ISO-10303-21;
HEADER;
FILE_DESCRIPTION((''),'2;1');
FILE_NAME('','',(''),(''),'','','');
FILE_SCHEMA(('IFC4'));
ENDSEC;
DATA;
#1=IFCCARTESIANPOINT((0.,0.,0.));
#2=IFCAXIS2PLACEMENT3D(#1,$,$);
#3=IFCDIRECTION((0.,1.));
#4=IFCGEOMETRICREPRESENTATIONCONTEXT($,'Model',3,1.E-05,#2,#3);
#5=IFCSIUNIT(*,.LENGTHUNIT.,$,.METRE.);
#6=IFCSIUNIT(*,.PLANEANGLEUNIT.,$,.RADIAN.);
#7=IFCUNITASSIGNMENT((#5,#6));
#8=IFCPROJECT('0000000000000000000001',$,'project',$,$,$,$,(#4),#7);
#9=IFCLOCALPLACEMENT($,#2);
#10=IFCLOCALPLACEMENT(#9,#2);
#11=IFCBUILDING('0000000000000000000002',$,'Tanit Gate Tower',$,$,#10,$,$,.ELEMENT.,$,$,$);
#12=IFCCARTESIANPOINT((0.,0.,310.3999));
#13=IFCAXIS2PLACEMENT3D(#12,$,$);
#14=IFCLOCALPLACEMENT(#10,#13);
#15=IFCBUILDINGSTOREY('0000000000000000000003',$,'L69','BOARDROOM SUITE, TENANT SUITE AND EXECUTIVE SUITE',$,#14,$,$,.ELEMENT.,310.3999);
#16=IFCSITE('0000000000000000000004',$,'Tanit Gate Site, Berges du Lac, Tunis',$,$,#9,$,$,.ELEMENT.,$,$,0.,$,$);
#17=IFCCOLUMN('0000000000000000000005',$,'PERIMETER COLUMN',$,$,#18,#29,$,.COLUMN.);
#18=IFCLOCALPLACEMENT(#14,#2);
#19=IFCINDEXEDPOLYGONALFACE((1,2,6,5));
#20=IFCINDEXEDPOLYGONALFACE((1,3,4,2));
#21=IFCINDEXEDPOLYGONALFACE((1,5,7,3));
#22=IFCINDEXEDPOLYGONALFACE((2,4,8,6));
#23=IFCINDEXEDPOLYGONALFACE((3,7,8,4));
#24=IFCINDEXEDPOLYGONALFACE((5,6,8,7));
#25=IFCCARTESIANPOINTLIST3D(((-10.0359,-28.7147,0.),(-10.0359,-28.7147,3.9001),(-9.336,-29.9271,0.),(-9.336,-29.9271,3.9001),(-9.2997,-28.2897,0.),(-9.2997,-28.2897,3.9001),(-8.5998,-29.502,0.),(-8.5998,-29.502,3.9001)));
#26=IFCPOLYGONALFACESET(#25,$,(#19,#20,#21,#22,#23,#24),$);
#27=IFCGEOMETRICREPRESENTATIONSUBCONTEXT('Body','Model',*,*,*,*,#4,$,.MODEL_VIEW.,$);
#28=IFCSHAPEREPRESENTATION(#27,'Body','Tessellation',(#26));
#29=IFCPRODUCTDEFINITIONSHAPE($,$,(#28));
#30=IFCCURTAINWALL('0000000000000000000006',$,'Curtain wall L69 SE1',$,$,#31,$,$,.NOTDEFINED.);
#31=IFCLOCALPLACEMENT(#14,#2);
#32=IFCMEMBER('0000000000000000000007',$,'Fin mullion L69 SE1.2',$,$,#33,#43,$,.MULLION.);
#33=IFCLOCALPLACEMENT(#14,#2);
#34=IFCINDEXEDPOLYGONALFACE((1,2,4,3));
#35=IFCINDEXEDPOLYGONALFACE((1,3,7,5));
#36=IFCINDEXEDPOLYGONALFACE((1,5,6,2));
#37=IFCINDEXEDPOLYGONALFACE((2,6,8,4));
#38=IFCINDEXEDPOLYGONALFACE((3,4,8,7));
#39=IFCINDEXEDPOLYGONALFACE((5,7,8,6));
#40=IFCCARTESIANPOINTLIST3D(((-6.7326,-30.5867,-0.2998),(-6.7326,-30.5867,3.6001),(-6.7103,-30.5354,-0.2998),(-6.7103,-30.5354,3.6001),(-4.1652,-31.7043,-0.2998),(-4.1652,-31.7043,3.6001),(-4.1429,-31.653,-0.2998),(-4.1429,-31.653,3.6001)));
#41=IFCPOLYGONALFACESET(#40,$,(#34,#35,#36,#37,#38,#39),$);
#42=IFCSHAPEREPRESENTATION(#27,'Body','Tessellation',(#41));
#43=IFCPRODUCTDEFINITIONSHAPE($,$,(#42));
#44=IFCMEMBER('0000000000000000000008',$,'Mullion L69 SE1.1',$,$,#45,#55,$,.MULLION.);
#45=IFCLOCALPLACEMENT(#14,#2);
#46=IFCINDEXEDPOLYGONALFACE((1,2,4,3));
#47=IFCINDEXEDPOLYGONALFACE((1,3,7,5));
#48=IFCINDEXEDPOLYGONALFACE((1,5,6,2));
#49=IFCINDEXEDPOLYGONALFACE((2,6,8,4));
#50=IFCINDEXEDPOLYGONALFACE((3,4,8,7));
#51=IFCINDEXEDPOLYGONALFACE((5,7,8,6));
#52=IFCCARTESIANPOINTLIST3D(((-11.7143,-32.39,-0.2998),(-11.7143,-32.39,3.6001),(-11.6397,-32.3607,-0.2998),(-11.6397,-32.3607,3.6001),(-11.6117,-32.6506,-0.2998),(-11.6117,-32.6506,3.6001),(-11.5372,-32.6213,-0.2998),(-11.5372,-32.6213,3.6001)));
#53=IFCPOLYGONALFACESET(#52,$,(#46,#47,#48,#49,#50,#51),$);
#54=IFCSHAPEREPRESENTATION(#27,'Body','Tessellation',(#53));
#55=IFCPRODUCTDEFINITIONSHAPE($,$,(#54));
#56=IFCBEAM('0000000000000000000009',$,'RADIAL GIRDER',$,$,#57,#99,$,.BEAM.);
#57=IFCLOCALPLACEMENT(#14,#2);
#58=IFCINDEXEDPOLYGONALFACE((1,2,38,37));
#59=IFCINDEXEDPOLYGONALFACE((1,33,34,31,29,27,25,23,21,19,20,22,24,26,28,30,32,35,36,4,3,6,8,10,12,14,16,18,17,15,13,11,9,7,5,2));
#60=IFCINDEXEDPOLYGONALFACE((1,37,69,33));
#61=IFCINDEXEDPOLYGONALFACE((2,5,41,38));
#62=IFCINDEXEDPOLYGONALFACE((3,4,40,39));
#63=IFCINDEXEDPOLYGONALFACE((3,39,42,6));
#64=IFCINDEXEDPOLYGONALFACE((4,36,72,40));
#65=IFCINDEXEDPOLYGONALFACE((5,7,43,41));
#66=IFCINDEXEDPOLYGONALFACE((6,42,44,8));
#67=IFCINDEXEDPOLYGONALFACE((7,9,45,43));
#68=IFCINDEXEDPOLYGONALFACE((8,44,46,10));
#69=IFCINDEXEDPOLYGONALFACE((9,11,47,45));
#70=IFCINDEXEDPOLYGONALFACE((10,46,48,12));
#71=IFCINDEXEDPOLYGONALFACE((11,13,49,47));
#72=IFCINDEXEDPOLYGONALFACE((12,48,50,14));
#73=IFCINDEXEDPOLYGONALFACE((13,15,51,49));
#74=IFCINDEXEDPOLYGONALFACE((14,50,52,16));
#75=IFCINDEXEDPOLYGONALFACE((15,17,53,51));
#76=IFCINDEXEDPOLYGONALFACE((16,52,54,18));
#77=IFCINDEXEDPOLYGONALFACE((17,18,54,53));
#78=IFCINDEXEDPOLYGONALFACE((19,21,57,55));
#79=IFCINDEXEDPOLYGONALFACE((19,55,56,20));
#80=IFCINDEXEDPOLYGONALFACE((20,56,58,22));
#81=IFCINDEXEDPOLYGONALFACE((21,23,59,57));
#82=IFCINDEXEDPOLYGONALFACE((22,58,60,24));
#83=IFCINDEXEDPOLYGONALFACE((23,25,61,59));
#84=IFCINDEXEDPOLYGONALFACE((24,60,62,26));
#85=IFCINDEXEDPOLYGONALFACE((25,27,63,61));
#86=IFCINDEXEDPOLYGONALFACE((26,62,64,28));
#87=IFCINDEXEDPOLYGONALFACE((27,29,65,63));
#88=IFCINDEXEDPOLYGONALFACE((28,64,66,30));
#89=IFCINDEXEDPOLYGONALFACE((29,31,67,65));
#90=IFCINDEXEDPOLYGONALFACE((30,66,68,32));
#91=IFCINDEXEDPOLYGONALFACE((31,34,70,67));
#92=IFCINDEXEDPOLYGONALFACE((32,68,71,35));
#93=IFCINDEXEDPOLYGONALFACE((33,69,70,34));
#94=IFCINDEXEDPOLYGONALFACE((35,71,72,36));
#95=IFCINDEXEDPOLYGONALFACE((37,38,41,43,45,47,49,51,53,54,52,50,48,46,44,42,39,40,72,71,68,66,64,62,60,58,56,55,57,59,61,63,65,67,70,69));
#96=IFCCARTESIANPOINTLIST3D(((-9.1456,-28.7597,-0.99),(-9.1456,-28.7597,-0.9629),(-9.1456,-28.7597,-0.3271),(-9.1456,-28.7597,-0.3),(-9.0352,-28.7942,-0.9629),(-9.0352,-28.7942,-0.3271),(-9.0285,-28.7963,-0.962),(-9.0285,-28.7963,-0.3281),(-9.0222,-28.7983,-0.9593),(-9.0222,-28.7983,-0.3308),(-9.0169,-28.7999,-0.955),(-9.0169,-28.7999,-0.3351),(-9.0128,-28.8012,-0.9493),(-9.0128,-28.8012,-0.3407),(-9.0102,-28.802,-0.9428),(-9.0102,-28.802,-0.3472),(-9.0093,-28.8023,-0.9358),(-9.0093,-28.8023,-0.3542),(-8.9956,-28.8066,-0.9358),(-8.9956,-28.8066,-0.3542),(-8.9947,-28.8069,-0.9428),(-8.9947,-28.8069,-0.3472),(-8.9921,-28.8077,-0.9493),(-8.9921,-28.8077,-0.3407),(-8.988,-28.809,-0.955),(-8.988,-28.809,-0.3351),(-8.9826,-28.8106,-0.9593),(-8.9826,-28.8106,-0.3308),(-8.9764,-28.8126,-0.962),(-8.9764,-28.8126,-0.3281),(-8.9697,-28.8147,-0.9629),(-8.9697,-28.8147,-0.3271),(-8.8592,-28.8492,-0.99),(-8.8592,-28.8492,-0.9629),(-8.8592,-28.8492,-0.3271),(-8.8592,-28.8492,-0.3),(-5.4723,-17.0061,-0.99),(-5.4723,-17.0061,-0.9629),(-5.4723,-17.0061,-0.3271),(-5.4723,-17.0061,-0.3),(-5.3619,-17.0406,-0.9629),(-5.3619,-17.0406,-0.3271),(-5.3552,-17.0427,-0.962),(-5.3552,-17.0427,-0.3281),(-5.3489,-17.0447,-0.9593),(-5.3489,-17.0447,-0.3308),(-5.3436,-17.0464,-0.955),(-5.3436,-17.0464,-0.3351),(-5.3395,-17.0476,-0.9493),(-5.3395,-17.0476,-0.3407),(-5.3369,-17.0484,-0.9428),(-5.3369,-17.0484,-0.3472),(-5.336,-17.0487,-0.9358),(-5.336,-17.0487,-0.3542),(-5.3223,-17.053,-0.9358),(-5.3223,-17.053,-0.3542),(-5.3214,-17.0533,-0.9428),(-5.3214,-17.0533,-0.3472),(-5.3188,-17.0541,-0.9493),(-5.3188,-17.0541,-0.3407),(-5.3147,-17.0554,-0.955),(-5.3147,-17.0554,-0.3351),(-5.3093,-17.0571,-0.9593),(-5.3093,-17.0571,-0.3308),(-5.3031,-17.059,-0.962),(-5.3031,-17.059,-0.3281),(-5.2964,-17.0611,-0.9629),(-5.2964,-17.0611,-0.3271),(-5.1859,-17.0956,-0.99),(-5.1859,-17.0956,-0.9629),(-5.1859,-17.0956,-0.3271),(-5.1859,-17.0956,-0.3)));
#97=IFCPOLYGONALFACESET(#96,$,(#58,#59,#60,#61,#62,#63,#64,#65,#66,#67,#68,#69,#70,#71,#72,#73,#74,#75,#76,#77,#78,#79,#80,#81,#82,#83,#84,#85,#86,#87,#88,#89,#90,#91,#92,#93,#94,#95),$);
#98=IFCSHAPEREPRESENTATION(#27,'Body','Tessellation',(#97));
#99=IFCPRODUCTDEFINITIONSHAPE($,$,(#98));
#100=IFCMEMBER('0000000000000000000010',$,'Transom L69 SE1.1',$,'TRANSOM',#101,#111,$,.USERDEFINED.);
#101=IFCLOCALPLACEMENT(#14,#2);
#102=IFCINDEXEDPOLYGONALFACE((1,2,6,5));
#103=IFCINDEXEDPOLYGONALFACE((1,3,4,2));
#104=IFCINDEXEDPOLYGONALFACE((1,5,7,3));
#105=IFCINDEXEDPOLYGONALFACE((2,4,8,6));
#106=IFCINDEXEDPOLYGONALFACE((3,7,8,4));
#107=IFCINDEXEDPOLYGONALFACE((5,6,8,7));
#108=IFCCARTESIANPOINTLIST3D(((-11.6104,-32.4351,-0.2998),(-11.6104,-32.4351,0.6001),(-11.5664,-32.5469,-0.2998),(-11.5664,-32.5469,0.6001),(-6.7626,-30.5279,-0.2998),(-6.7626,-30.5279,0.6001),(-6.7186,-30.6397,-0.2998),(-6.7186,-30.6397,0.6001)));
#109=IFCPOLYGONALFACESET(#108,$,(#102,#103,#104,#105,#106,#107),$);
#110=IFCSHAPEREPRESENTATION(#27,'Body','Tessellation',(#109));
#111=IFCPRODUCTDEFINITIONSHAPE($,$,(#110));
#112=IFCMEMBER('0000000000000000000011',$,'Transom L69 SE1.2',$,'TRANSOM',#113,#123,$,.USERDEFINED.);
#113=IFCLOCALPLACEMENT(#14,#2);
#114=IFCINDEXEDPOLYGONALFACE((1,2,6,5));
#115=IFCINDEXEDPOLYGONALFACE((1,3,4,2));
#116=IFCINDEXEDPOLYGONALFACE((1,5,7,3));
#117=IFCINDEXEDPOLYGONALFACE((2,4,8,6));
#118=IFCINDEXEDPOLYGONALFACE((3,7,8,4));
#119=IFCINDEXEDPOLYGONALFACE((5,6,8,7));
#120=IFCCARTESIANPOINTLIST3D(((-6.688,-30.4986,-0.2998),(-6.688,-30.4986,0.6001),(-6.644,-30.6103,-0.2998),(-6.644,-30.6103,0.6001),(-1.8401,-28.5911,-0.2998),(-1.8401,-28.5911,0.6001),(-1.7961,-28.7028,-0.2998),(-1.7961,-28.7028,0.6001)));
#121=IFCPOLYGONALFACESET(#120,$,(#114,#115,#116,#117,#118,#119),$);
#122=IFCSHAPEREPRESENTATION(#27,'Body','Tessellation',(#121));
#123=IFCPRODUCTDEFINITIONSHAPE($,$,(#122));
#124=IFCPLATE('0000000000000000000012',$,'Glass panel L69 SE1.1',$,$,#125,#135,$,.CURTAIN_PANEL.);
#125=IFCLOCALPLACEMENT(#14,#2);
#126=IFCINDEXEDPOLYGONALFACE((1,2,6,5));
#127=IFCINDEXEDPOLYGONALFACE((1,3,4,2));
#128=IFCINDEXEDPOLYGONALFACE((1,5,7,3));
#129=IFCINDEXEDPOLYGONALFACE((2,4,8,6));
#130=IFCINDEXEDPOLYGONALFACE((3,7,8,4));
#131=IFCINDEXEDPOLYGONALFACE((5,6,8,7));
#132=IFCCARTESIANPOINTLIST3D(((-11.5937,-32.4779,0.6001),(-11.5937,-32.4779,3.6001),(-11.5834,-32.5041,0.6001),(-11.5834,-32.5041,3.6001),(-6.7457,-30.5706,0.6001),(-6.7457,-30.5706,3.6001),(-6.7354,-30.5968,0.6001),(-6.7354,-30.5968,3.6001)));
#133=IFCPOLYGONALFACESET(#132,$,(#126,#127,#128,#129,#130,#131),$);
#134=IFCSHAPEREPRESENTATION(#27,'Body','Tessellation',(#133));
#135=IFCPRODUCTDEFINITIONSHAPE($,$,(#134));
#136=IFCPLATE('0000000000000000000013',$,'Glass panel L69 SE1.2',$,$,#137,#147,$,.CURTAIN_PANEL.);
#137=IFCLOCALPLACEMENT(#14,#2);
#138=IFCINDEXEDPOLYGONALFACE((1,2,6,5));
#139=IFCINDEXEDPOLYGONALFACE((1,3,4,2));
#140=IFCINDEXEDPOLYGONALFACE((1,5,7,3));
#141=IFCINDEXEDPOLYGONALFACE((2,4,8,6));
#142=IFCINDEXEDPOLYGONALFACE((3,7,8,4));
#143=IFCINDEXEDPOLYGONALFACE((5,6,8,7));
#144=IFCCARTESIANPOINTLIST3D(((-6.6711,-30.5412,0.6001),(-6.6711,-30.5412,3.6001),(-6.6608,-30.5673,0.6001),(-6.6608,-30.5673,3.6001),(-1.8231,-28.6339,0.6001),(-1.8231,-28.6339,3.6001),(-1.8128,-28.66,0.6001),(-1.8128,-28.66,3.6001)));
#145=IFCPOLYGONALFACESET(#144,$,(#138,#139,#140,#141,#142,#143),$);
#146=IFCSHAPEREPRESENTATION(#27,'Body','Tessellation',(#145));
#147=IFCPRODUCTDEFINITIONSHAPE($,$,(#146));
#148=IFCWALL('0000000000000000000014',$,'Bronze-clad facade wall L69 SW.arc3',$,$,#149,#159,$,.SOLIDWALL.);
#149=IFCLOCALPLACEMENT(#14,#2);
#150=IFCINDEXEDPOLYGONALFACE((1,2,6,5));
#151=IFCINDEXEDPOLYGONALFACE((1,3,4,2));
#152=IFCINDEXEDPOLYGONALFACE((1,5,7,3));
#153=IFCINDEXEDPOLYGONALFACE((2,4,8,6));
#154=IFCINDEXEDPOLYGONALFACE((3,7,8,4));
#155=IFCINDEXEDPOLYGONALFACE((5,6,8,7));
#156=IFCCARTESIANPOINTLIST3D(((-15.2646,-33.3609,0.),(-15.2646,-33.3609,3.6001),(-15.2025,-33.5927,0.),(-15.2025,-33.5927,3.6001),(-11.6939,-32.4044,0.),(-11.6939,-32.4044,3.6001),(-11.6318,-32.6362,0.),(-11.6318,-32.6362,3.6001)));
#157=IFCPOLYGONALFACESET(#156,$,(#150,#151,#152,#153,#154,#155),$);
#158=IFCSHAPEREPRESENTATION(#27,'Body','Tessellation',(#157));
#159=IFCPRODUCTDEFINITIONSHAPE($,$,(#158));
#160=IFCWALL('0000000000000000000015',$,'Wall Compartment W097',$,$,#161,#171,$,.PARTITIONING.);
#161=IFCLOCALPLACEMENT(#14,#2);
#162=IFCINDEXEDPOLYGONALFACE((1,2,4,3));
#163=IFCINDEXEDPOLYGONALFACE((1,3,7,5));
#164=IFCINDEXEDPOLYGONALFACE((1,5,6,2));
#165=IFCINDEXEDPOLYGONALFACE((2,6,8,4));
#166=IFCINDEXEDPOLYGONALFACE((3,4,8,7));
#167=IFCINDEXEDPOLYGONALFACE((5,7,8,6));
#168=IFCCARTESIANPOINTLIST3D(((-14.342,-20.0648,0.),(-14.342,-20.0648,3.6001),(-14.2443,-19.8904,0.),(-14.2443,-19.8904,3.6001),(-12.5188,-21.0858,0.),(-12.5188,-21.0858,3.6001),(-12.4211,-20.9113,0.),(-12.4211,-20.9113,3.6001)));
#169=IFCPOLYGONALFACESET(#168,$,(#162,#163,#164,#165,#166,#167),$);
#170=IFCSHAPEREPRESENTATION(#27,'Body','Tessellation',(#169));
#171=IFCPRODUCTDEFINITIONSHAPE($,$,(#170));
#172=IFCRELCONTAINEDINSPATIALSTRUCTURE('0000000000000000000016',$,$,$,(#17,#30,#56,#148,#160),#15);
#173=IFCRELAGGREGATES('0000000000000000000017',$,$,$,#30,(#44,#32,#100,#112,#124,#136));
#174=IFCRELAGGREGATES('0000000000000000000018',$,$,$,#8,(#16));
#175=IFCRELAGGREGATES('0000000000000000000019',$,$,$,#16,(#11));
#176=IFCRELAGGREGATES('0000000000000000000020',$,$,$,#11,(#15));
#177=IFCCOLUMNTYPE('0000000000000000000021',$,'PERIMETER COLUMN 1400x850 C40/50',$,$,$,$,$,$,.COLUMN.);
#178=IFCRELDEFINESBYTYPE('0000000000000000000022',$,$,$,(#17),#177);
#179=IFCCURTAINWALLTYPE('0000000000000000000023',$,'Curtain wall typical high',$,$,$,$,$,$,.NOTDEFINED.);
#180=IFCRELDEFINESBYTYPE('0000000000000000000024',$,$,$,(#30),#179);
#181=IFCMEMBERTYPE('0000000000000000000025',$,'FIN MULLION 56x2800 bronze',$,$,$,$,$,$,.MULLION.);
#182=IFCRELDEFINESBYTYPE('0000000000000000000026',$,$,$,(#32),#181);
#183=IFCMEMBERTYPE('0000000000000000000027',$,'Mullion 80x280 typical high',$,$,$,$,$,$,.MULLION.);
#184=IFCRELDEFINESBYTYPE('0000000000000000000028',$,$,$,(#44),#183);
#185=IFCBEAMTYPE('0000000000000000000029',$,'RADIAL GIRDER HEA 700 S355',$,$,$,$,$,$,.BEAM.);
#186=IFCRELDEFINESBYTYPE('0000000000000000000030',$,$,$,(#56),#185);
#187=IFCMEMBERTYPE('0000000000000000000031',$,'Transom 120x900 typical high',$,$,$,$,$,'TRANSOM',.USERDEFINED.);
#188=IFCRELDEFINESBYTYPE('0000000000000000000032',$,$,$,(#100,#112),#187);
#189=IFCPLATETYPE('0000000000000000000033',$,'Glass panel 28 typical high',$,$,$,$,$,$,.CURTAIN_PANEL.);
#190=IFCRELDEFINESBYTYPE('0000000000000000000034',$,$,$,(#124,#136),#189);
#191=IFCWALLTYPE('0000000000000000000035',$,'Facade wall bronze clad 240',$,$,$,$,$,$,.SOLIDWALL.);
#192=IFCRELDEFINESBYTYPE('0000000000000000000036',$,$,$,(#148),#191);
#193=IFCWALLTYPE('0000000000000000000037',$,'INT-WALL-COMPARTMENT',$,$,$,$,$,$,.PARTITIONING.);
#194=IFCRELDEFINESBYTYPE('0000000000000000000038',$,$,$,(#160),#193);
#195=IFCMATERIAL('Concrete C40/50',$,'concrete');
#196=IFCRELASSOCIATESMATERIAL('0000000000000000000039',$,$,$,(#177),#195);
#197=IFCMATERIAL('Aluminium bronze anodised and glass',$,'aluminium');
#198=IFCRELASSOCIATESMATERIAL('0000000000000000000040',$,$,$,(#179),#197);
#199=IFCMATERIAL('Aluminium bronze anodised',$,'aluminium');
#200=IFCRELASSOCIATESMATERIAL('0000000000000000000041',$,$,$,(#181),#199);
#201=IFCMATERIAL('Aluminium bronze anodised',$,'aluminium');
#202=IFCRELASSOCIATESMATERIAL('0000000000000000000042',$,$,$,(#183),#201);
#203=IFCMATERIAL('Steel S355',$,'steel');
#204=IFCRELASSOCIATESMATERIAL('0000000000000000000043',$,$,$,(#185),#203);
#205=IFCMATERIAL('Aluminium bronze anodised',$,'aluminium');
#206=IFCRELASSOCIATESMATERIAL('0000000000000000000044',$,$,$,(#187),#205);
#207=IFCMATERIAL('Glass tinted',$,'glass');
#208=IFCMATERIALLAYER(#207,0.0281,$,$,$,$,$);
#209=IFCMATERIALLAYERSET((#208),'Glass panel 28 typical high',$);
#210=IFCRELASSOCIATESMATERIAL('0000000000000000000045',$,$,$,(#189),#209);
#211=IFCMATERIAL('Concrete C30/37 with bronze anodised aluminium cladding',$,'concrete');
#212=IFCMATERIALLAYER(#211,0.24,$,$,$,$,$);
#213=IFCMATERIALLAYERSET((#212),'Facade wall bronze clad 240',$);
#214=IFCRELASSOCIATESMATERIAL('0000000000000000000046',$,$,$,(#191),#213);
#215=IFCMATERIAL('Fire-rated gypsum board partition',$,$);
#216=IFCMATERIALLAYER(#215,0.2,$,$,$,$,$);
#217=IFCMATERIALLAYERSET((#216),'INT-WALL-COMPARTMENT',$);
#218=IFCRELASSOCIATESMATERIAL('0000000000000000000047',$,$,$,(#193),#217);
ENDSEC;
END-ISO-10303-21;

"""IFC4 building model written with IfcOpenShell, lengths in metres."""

from ifc_helpers import new_model, si_unit, direction, frame, frame_2d, origin, origin_2d, place, context, subcontext, project, spatial, rectangle, i_section, extrude, material, layer, layer_set, material_profile, profile_set, type_object, element, aggregate, save


model = new_model("IFC4")

# Units and contexts
model_context = context("Model", 3, precision=1e-05, world=origin(), true_north=direction((0.0, 1.0)))
body_context = subcontext(model_context, "Body", "Model", "MODEL_VIEW")
ifc_project = project(units=[si_unit("LENGTHUNIT", "METRE"), si_unit("PLANEANGLEUNIT", "RADIAN")], contexts=[model_context])

# Site, building, storey
site_placement = place(None, origin())
site = spatial("IfcSite", under=ifc_project, at=site_placement, Name="Tanit Gate Site, Berges du Lac, Tunis", CompositionType="ELEMENT", RefElevation=0.0)
building_placement = place(site_placement, origin())
building = spatial("IfcBuilding", under=site, at=building_placement, Name="Tanit Gate Tower", CompositionType="ELEMENT")
storey_placement = place(building_placement, frame((0.0, 0.0, 310.3999)))
storey = spatial("IfcBuildingStorey", under=building, at=storey_placement, Name="L69", Description="BOARDROOM SUITE, TENANT SUITE AND EXECUTIVE SUITE", CompositionType="ELEMENT", Elevation=310.3999)

# Column
ifc_material_1 = material(Name="Concrete C40/50", Category="concrete")
ifc_material_profile_1 = material_profile(ifc_material_1, rectangle(XDim=1.3999, YDim=0.8501, at=origin_2d()), Name="RC 1400x850")
ifc_profile_set_1 = profile_set([ifc_material_profile_1], Name="Concrete C40/50")
column_type = type_object("IfcColumnType", Name="PERIMETER COLUMN 1400x850 C40/50", PredefinedType="COLUMN", material=ifc_profile_set_1)
column_placement = place(storey_placement, frame((-9.3179, -29.1084, 0.0), z_axis=(0.0, 0.0, 1.0), x_axis=(0.5, -0.866025, 0.0)))
element("IfcColumn", 1, at=column_placement, inside=storey, type_object=column_type, Name="PERIMETER COLUMN", PredefinedType="COLUMN", context=body_context, shape_type="SweptSolid", body=[
    extrude(rectangle(XDim=1.3999, YDim=0.8501, at=origin_2d()), origin(), (0.0, 0.0, 1.0), 3.9001),
])

# Curtain wall, members
ifc_material_2 = material(Name="Aluminium bronze anodised and glass", Category="aluminium")
curtain_wall_type = type_object("IfcCurtainWallType", Name="Curtain wall typical high", PredefinedType="NOTDEFINED", material=ifc_material_2)
curtain_wall_placement = place(storey_placement, origin())
curtain_wall = element("IfcCurtainWall", 2, at=curtain_wall_placement, inside=storey, type_object=curtain_wall_type, Name="Curtain wall L69 SE1", PredefinedType="NOTDEFINED")
ifc_material_3 = material(Name="Aluminium bronze anodised", Category="aluminium")
ifc_material_profile_2 = material_profile(ifc_material_3, rectangle(XDim=2.8, YDim=0.0559, at=origin_2d()), Name="56x2800 bronze fin mullion")
ifc_profile_set_2 = profile_set([ifc_material_profile_2], Name="Aluminium bronze anodised")
member_type_1 = type_object("IfcMemberType", Name="FIN MULLION 56x2800 bronze", PredefinedType="MULLION", material=ifc_profile_set_2)
member_1_placement = place(storey_placement, frame((-5.4377, -31.1199, -0.2998), z_axis=(0.0, 0.0, 1.0), x_axis=(-0.916891, 0.399138, 0.0)))
member_1 = element("IfcMember", 3, at=member_1_placement, type_object=member_type_1, Name="Fin mullion L69 SE1.2", PredefinedType="MULLION", context=body_context, shape_type="SweptSolid", body=[
    extrude(rectangle(XDim=2.8, YDim=0.0559, at=origin_2d()), origin(), (0.0, 0.0, 1.0), 3.8999),
])
ifc_material_4 = material(Name="Aluminium bronze anodised", Category="aluminium")
ifc_material_profile_3 = material_profile(ifc_material_4, rectangle(XDim=0.28, YDim=0.0801, at=origin_2d()), Name="80x280 bronze mullion")
ifc_profile_set_3 = profile_set([ifc_material_profile_3], Name="Aluminium bronze anodised")
member_type_2 = type_object("IfcMemberType", Name="Mullion 80x280 typical high", PredefinedType="MULLION", material=ifc_profile_set_3)
member_2_placement = place(storey_placement, frame((-11.6257, -32.5056, -0.2998), z_axis=(0.0, 0.0, 1.0), x_axis=(-0.366106, 0.930573, 0.0)))
member_2 = element("IfcMember", 4, at=member_2_placement, type_object=member_type_2, Name="Mullion L69 SE1.1", PredefinedType="MULLION", context=body_context, shape_type="SweptSolid", body=[
    extrude(rectangle(XDim=0.28, YDim=0.0801, at=origin_2d()), origin(), (0.0, 0.0, 1.0), 3.8999),
])

# Beam
ifc_material_5 = material(Name="Steel S355", Category="steel")
ifc_material_profile_4 = material_profile(ifc_material_5, i_section(OverallWidth=0.3, OverallDepth=0.6899, WebThickness=0.0144, FlangeThickness=0.0271, FilletRadius=0.0271, at=origin_2d()), Name="HEA 700")
ifc_profile_set_4 = profile_set([ifc_material_profile_4], Name="Steel S355")
beam_type = type_object("IfcBeamType", Name="RADIAL GIRDER HEA 700 S355", PredefinedType="BEAM", material=ifc_profile_set_4)
beam_placement = place(storey_placement, frame((-9.0024, -28.8044, -0.645), z_axis=(0.298299, 0.954473, 0.0), x_axis=(-0.954473, 0.298299, 0.0)))
element("IfcBeam", 5, at=beam_placement, inside=storey, type_object=beam_type, Name="RADIAL GIRDER", PredefinedType="BEAM", context=body_context, shape_type="SweptSolid", body=[
    extrude(i_section(OverallWidth=0.3, OverallDepth=0.6899, WebThickness=0.0144, FlangeThickness=0.0271, FilletRadius=0.0271, at=origin_2d()), origin(), (0.0, 0.0, 1.0), 12.3142),
])

# Members
ifc_material_6 = material(Name="Aluminium bronze anodised", Category="aluminium")
ifc_material_profile_5 = material_profile(ifc_material_6, rectangle(XDim=0.1201, YDim=0.8999, at=origin_2d()), Name="120x900 bronze transom")
ifc_profile_set_5 = profile_set([ifc_material_profile_5], Name="Aluminium bronze anodised")
member_type_3 = type_object("IfcMemberType", Name="Transom 120x900 typical high", ElementType="TRANSOM", PredefinedType="USERDEFINED", material=ifc_profile_set_5)
member_3_placement = place(storey_placement, frame((-11.5884, -32.491, 0.1501), z_axis=(0.930575, 0.3661, 0.0), x_axis=(-0.3661, 0.930575, 0.0)))
member_3 = element("IfcMember", 6, at=member_3_placement, type_object=member_type_3, Name="Transom L69 SE1.1", ObjectType="TRANSOM", PredefinedType="USERDEFINED", context=body_context, shape_type="SweptSolid", body=[
    extrude(rectangle(XDim=0.1201, YDim=0.8999, at=origin_2d()), origin(), (0.0, 0.0, 1.0), 5.2095),
])
member_4_placement = place(storey_placement, frame((-6.666, -30.5544, 0.1501), z_axis=(0.930559, 0.366141, 0.0), x_axis=(-0.366141, 0.930559, 0.0)))
member_4 = element("IfcMember", 7, at=member_4_placement, type_object=member_type_3, Name="Transom L69 SE1.2", ObjectType="TRANSOM", PredefinedType="USERDEFINED", context=body_context, shape_type="SweptSolid", body=[
    extrude(rectangle(XDim=0.1201, YDim=0.8999, at=origin_2d()), origin(), (0.0, 0.0, 1.0), 5.2097),
])

# Plates
ifc_material_7 = material(Name="Glass tinted", Category="glass")
ifc_layer_1 = layer(ifc_material_7, 0.0281)
ifc_layer_set_1 = layer_set([ifc_layer_1], Name="Glass panel 28 typical high")
plate_type = type_object("IfcPlateType", Name="Glass panel 28 typical high", PredefinedType="CURTAIN_PANEL", material=ifc_layer_set_1)
plate_1_placement = place(storey_placement, frame((-9.1646, -31.5374, 0.6001), z_axis=(0.0, 0.0, 1.0), x_axis=(0.930573, 0.366106, 0.0)))
plate_1 = element("IfcPlate", 8, at=plate_1_placement, type_object=plate_type, Name="Glass panel L69 SE1.1", PredefinedType="CURTAIN_PANEL", context=body_context, shape_type="SweptSolid", body=[
    extrude(rectangle(XDim=5.2097, YDim=0.0281, at=origin_2d()), origin(), (0.0, 0.0, 1.0), 3.0),
])
plate_2_placement = place(storey_placement, frame((-4.2419, -29.6006, 0.6001), z_axis=(0.0, 0.0, 1.0), x_axis=(0.930573, 0.366106, 0.0)))
plate_2 = element("IfcPlate", 9, at=plate_2_placement, type_object=plate_type, Name="Glass panel L69 SE1.2", PredefinedType="CURTAIN_PANEL", context=body_context, shape_type="SweptSolid", body=[
    extrude(rectangle(XDim=5.2097, YDim=0.0281, at=origin_2d()), origin(), (0.0, 0.0, 1.0), 3.0),
])
aggregate(curtain_wall, [member_2, member_1, member_3, member_4, plate_1, plate_2])

# Walls
ifc_material_8 = material(Name="Concrete C30/37 with bronze anodised aluminium cladding", Category="concrete")
ifc_layer_2 = layer(ifc_material_8, 0.24)
ifc_layer_set_2 = layer_set([ifc_layer_2], Name="Facade wall bronze clad 240")
wall_type_1 = type_object("IfcWallType", Name="Facade wall bronze clad 240", PredefinedType="SOLIDWALL", material=ifc_layer_set_2)
wall_1_placement = place(storey_placement, frame((-15.2334, -33.4768, 0.0), z_axis=(0.0, 0.0, 1.0), x_axis=(0.965938, 0.258772, 0.0)))
element("IfcWall", 10, at=wall_1_placement, inside=storey, type_object=wall_type_1, Name="Bronze-clad facade wall L69 SW.arc3", PredefinedType="SOLIDWALL", context=body_context, shape_type="SweptSolid", body=[
    extrude(rectangle(XDim=3.6965, YDim=0.24, at=frame_2d((1.8481, 0.0))), origin(), (0.0, 0.0, 1.0), 3.6001),
])
ifc_material_9 = material(Name="Fire-rated gypsum board partition")
ifc_layer_3 = layer(ifc_material_9, 0.2)
ifc_layer_set_3 = layer_set([ifc_layer_3], Name="INT-WALL-COMPARTMENT")
wall_type_2 = type_object("IfcWallType", Name="INT-WALL-COMPARTMENT", PredefinedType="PARTITIONING", material=ifc_layer_set_3)
wall_2_placement = place(storey_placement, frame((-14.2932, -19.9775, 0.0), z_axis=(0.0, 0.0, 1.0), x_axis=(0.87251, -0.488596, 0.0)))
element("IfcWall", 11, at=wall_2_placement, inside=storey, type_object=wall_type_2, Name="Wall Compartment W097", PredefinedType="PARTITIONING", context=body_context, shape_type="SweptSolid", body=[
    extrude(rectangle(XDim=2.0896, YDim=0.2, at=frame_2d((1.0449, 0.0))), origin(), (0.0, 0.0, 1.0), 3.6001),
])

save(model, "model.ifc")
